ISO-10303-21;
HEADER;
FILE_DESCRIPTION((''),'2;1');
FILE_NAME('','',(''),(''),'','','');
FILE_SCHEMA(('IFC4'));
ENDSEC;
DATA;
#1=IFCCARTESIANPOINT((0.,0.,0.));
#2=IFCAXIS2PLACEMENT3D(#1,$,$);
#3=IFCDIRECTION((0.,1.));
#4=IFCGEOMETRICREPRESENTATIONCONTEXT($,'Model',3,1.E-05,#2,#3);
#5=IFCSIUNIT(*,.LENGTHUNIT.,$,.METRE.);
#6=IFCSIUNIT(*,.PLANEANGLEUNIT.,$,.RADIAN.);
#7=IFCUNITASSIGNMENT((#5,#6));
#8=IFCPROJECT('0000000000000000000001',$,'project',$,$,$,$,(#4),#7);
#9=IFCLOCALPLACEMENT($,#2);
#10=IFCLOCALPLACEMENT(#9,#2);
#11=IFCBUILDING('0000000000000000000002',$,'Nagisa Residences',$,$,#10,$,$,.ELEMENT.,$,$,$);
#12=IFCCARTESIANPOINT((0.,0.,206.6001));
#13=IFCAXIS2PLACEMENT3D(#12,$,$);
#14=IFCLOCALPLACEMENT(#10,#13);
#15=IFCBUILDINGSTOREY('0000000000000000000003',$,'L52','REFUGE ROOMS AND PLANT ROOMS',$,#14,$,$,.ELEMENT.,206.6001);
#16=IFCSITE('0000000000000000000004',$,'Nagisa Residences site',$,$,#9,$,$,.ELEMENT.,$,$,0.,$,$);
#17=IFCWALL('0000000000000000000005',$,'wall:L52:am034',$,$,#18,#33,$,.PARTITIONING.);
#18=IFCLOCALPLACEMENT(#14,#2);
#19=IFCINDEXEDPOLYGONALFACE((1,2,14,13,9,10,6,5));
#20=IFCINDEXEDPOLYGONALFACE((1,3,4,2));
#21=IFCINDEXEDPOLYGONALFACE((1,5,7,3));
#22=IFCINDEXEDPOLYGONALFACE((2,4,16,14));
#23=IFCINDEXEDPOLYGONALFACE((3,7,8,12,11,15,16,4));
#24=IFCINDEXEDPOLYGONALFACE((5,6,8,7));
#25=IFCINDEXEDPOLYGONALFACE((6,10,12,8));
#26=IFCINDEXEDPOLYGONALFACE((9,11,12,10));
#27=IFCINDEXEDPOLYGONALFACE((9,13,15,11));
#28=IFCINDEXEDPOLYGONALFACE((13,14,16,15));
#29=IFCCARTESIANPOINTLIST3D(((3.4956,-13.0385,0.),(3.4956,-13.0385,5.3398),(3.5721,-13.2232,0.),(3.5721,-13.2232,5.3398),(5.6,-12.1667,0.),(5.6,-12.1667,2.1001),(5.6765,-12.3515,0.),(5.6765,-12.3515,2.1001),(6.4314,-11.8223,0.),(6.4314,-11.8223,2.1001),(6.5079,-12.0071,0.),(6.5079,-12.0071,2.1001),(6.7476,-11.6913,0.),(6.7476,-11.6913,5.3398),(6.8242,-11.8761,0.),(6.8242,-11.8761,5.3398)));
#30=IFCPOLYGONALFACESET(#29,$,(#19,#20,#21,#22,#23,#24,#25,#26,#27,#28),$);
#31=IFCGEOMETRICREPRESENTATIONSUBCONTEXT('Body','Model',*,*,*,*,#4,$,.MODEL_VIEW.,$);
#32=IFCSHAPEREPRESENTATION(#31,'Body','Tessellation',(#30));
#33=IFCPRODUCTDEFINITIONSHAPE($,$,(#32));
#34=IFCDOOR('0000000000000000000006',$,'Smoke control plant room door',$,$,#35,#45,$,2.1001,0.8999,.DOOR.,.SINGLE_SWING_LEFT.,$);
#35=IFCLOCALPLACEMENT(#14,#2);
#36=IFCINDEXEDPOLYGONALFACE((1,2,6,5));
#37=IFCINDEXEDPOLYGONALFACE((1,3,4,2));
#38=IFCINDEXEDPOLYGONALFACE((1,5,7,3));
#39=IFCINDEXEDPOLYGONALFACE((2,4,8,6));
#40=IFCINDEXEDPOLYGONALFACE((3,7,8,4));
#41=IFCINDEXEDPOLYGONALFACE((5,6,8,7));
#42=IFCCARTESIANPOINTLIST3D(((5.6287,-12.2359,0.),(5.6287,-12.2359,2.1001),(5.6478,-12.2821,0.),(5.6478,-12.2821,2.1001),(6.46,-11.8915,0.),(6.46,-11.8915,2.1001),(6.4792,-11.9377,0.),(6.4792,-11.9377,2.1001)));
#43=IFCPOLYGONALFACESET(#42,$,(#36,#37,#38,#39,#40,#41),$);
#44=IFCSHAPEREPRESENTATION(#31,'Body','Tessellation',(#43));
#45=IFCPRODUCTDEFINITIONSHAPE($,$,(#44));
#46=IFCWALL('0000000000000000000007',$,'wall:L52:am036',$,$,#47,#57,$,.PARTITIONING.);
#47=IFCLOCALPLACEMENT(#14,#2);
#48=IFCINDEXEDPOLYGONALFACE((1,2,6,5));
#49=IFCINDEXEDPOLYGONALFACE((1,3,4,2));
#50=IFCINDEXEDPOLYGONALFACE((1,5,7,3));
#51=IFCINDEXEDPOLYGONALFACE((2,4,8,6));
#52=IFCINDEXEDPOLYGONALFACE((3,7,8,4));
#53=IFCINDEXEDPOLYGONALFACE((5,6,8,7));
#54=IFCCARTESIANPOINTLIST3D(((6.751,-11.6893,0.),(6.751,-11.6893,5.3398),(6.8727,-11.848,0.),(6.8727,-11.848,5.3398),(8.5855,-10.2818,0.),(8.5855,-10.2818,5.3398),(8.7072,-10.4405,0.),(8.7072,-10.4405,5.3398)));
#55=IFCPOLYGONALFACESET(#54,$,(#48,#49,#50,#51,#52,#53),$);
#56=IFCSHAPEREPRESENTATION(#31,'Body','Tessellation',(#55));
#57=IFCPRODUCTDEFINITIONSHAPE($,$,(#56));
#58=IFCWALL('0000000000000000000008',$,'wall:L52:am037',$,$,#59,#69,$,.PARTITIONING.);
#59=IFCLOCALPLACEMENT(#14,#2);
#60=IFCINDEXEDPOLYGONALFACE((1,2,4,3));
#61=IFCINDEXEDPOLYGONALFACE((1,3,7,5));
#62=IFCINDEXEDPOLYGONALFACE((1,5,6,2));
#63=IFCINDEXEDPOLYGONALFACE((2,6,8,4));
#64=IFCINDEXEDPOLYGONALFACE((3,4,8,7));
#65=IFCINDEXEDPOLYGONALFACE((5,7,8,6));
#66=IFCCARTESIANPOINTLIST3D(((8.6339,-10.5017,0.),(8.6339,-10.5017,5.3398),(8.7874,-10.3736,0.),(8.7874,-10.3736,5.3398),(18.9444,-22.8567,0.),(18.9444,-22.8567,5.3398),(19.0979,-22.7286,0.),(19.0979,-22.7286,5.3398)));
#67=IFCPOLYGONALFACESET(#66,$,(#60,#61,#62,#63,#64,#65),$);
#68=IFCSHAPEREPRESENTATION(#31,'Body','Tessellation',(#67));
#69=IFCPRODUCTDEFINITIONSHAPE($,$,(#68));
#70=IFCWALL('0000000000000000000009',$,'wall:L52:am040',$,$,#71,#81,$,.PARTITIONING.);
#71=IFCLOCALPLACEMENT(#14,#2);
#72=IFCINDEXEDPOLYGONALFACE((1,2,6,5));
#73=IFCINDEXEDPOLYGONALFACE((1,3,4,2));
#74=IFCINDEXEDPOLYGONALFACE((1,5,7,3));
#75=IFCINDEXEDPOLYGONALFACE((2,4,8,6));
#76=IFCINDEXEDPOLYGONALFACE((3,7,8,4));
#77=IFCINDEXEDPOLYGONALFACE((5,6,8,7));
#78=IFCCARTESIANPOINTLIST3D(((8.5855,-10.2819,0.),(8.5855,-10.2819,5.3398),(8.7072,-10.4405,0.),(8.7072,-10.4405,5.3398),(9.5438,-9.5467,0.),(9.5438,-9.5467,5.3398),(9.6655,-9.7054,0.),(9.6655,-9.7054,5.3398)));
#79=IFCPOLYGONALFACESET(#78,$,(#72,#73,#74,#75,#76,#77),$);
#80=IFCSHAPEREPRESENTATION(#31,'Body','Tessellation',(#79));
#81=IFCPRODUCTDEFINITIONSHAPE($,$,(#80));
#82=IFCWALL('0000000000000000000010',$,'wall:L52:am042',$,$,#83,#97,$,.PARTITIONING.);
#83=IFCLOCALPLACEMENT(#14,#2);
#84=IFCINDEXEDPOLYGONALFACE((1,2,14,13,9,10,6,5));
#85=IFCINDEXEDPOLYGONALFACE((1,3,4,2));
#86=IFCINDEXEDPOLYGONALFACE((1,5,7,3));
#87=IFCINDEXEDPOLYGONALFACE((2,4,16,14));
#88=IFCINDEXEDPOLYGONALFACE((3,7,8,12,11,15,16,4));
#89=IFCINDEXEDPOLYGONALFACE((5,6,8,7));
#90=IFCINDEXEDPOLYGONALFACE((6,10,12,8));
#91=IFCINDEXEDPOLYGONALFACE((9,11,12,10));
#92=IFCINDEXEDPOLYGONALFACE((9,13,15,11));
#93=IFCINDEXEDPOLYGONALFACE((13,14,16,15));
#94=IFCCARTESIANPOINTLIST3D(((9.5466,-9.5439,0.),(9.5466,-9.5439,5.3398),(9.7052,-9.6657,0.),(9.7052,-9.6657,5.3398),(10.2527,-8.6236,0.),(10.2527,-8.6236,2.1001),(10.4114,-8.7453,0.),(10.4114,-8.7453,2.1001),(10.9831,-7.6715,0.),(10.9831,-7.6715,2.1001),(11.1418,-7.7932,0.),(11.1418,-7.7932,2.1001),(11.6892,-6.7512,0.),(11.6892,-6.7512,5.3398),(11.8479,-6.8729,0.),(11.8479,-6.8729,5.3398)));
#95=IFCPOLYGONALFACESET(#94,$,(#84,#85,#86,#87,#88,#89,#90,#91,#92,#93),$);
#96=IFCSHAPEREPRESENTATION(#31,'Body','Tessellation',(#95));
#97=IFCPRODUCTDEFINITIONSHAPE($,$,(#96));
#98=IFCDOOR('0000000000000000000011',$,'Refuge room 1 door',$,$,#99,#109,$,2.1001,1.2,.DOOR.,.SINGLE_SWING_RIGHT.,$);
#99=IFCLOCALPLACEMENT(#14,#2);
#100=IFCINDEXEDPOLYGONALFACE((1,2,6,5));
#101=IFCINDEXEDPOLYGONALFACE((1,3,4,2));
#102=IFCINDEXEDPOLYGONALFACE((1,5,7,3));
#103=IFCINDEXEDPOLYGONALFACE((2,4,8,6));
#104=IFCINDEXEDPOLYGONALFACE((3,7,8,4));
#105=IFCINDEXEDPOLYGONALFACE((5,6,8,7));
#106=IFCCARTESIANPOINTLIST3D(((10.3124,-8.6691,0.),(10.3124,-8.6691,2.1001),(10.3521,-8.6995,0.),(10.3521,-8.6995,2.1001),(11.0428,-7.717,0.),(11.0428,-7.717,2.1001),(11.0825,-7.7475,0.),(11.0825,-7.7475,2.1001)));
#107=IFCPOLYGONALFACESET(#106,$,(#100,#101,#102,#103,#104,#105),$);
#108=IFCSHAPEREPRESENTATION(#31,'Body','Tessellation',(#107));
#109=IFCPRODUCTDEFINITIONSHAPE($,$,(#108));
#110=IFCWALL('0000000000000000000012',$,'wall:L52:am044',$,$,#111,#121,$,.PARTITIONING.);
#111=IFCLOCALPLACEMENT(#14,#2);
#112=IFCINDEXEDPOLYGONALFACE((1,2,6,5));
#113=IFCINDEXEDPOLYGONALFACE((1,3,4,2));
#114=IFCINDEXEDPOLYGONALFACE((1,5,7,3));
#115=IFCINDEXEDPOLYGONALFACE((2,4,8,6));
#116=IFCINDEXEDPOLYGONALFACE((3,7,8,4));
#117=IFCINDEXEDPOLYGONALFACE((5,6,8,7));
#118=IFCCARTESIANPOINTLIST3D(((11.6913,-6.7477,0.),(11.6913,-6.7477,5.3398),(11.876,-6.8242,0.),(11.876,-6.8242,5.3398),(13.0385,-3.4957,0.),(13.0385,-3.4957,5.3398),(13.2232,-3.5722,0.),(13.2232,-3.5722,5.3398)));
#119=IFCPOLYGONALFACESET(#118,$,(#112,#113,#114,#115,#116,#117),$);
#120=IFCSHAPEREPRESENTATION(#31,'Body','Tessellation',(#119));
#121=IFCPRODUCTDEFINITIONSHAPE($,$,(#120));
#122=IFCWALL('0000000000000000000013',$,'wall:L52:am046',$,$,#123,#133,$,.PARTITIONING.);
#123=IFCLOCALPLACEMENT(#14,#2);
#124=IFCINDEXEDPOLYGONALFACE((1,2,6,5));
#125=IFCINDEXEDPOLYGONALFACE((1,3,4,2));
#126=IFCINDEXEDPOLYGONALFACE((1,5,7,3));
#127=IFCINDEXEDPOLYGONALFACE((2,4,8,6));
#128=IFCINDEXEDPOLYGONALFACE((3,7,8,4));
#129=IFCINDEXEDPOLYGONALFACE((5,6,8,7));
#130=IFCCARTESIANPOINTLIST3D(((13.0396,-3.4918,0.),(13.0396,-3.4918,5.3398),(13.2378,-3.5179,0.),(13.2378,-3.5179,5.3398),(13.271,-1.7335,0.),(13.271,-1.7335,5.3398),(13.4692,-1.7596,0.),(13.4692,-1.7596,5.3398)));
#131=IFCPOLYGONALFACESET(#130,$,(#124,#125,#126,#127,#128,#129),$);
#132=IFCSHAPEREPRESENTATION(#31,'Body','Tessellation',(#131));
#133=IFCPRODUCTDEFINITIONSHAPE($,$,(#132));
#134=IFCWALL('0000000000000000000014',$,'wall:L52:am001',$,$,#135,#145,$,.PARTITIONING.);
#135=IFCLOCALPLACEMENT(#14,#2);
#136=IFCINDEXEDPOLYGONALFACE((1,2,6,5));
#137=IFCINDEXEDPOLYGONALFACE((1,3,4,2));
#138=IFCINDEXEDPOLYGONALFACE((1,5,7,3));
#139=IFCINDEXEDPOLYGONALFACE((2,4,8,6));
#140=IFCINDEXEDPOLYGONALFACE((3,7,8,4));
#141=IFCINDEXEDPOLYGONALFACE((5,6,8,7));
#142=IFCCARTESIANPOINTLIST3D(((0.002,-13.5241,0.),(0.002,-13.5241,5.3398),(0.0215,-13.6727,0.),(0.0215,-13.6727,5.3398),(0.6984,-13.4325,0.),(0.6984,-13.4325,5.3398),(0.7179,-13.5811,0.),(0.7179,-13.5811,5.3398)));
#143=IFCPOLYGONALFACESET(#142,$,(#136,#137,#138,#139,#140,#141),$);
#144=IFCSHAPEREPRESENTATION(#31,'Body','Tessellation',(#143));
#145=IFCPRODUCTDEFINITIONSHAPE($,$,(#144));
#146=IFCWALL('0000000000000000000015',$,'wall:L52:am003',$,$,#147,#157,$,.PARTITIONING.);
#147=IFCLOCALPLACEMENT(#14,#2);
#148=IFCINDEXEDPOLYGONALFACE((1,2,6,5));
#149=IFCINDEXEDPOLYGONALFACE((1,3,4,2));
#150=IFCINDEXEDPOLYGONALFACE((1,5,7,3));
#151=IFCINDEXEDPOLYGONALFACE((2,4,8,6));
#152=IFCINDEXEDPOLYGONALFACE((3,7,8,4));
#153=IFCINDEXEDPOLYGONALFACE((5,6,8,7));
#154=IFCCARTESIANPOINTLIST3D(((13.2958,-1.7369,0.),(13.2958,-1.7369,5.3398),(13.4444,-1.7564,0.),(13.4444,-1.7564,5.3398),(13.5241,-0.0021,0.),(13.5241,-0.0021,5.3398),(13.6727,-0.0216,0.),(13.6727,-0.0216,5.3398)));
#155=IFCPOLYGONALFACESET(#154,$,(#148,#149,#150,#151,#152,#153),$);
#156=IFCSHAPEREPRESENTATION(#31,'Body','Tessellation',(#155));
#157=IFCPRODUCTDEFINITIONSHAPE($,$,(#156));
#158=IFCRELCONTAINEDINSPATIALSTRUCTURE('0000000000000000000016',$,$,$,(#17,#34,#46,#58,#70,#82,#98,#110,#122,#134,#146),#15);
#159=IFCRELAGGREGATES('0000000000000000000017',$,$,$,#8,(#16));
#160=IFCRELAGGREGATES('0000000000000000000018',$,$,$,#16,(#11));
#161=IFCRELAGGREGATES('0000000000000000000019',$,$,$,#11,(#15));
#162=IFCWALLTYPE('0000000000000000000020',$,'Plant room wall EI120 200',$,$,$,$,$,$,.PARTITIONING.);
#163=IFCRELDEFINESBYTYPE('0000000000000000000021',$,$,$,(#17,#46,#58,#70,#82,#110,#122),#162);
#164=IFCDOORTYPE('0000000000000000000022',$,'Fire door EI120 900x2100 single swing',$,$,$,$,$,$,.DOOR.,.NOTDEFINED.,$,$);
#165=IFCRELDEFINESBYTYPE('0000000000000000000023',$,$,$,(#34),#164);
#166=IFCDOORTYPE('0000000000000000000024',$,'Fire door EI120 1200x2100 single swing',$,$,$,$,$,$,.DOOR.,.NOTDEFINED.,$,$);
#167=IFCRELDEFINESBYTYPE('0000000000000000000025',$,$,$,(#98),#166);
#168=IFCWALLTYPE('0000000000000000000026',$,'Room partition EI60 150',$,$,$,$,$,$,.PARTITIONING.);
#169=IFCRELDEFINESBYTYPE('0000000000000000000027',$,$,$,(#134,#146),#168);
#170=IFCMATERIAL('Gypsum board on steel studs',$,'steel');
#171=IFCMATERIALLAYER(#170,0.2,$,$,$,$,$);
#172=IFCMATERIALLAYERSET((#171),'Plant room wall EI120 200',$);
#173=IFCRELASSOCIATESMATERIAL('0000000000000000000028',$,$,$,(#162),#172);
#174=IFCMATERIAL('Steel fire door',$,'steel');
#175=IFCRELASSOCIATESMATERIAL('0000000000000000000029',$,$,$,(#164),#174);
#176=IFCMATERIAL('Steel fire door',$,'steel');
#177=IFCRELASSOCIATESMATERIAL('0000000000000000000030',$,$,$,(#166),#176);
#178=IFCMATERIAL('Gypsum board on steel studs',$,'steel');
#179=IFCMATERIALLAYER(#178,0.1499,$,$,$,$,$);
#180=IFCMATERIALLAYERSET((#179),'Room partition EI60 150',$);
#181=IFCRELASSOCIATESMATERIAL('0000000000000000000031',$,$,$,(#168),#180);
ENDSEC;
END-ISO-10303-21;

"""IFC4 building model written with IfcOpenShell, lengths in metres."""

from ifc_helpers import new_model, si_unit, direction, frame, frame_2d, origin, place, context, subcontext, project, spatial, rectangle, extrude, material, layer, layer_set, type_object, element, fill, save


model = new_model("IFC4")

# Units and contexts
model_context = context("Model", 3, precision=1e-05, world=origin(), true_north=direction((0.0, 1.0)))
body_context = subcontext(model_context, "Body", "Model", "MODEL_VIEW")
ifc_project = project(units=[si_unit("LENGTHUNIT", "METRE"), si_unit("PLANEANGLEUNIT", "RADIAN")], contexts=[model_context])

# Site, building, storey
site_placement = place(None, origin())
site = spatial("IfcSite", under=ifc_project, at=site_placement, Name="Nagisa Residences site", CompositionType="ELEMENT", RefElevation=0.0)
building_placement = place(site_placement, origin())
building = spatial("IfcBuilding", under=site, at=building_placement, Name="Nagisa Residences", CompositionType="ELEMENT")
storey_placement = place(building_placement, frame((0.0, 0.0, 206.6001)))
storey = spatial("IfcBuildingStorey", under=building, at=storey_placement, Name="L52", Description="REFUGE ROOMS AND PLANT ROOMS", CompositionType="ELEMENT", Elevation=206.6001)

# Shared definitions
ifc_material_1 = material(Name="Gypsum board on steel studs", Category="steel")
ifc_layer_1 = layer(ifc_material_1, 0.2)
ifc_layer_set_1 = layer_set([ifc_layer_1], Name="Plant room wall EI120 200")
wall_type_1 = type_object("IfcWallType", Name="Plant room wall EI120 200", PredefinedType="PARTITIONING", material=ifc_layer_set_1)

# Wall, opening, door
wall_1_placement = place(storey_placement, frame((6.7859, -11.7837, 0.0), z_axis=(0.0, 0.0, 1.0), x_axis=(-0.923863, -0.382723, 0.0)))
wall_1 = element("IfcWall", 1, at=wall_1_placement, inside=storey, type_object=wall_type_1, Name="wall:L52:am034", PredefinedType="PARTITIONING", context=body_context, shape_type="SweptSolid", body=[
    extrude(rectangle(XDim=3.52, YDim=0.2, at=frame_2d((1.76, 0.0))), origin(), (0.0, 0.0, 1.0), 5.3398),
])
opening_1_placement = place(wall_1_placement, frame((0.3423, 0.0, 0.0)))
opening_1 = element("IfcOpeningElement", 2, at=opening_1_placement, cuts=wall_1, PredefinedType="OPENING", context=body_context, shape_type="SweptSolid", body=[
    extrude(rectangle(XDim=0.8999, YDim=2.1001, at=frame_2d((0.45, 1.05))), frame((0.0, 0.1099, 0.0), z_axis=(0.0, -1.0, 0.0), x_axis=(1.0, 0.0, 0.0)), (0.0, 0.0, 1.0), 0.22),
])
ifc_material_2 = material(Name="Steel fire door", Category="steel")
door_type_1 = type_object("IfcDoorType", Name="Fire door EI120 900x2100 single swing", OperationType="NOTDEFINED", PredefinedType="DOOR", material=ifc_material_2)
door_1_placement = place(opening_1_placement, origin())
door_1 = element("IfcDoor", 3, at=door_1_placement, inside=storey, type_object=door_type_1, Name="Smoke control plant room door", OperationType="SINGLE_SWING_LEFT", OverallHeight=2.1001, OverallWidth=0.8999, PredefinedType="DOOR", context=body_context, shape_type="SweptSolid", body=[
    extrude(rectangle(XDim=0.8999, YDim=2.1001, at=frame_2d((0.45, 1.05))), frame((0.0, 0.0249, 0.0), z_axis=(0.0, -1.0, 0.0), x_axis=(1.0, 0.0, 0.0)), (0.0, 0.0, 1.0), 0.05),
])
fill(opening_1, door_1)

# Walls
wall_2_placement = place(storey_placement, frame((8.6465, -10.3611, 0.0), z_axis=(0.0, 0.0, 1.0), x_axis=(-0.793389, -0.608715, 0.0)))
element("IfcWall", 4, at=wall_2_placement, inside=storey, type_object=wall_type_1, Name="wall:L52:am036", PredefinedType="PARTITIONING", context=body_context, shape_type="SweptSolid", body=[
    extrude(rectangle(XDim=2.3123, YDim=0.2, at=frame_2d((1.1562, 0.0))), origin(), (0.0, 0.0, 1.0), 5.3398),
])
wall_3_placement = place(storey_placement, frame((8.7107, -10.4377, 0.0), z_axis=(0.0, 0.0, 1.0), x_axis=(0.640724, -0.767771, 0.0)))
element("IfcWall", 5, at=wall_3_placement, inside=storey, type_object=wall_type_1, Name="wall:L52:am037", PredefinedType="PARTITIONING", context=body_context, shape_type="SweptSolid", body=[
    extrude(rectangle(XDim=16.092, YDim=0.2, at=frame_2d((8.0459, 0.0))), origin(), (0.0, 0.0, 1.0), 5.3398),
])
wall_4_placement = place(storey_placement, frame((9.6047, -9.626, 0.0), z_axis=(0.0, 0.0, 1.0), x_axis=(-0.793427, -0.608665, 0.0)))
element("IfcWall", 6, at=wall_4_placement, inside=storey, type_object=wall_type_1, Name="wall:L52:am040", PredefinedType="PARTITIONING", context=body_context, shape_type="SweptSolid", body=[
    extrude(rectangle(XDim=1.2078, YDim=0.2, at=frame_2d((0.604, 0.0))), origin(), (0.0, 0.0, 1.0), 5.3398),
])

# Wall, opening, door
wall_5_placement = place(storey_placement, frame((11.7686, -6.812, 0.0), z_axis=(0.0, 0.0, 1.0), x_axis=(-0.608698, -0.793402, 0.0)))
wall_5 = element("IfcWall", 7, at=wall_5_placement, inside=storey, type_object=wall_type_1, Name="wall:L52:am042", PredefinedType="PARTITIONING", context=body_context, shape_type="SweptSolid", body=[
    extrude(rectangle(XDim=3.52, YDim=0.2, at=frame_2d((1.76, 0.0))), origin(), (0.0, 0.0, 1.0), 5.3398),
])
opening_2_placement = place(wall_5_placement, frame((1.1599, 0.0, 0.0)))
opening_2 = element("IfcOpeningElement", 8, at=opening_2_placement, cuts=wall_5, PredefinedType="OPENING", context=body_context, shape_type="SweptSolid", body=[
    extrude(rectangle(XDim=1.2, YDim=2.1001, at=frame_2d((0.6001, 1.05))), frame((0.0, 0.1099, 0.0), z_axis=(0.0, -1.0, 0.0), x_axis=(1.0, 0.0, 0.0)), (0.0, 0.0, 1.0), 0.22),
])
ifc_material_3 = material(Name="Steel fire door", Category="steel")
door_type_2 = type_object("IfcDoorType", Name="Fire door EI120 1200x2100 single swing", OperationType="NOTDEFINED", PredefinedType="DOOR", material=ifc_material_3)
door_2_placement = place(opening_2_placement, frame((1.2, 0.0, 0.0), x_axis=(-1.0, 0.0, 0.0)))
door_2 = element("IfcDoor", 9, at=door_2_placement, inside=storey, type_object=door_type_2, Name="Refuge room 1 door", OperationType="SINGLE_SWING_RIGHT", OverallHeight=2.1001, OverallWidth=1.2, PredefinedType="DOOR", context=body_context, shape_type="SweptSolid", body=[
    extrude(rectangle(XDim=1.2, YDim=2.1001, at=frame_2d((0.6001, 1.05))), frame((0.0, 0.0249, 0.0), z_axis=(0.0, -1.0, 0.0), x_axis=(1.0, 0.0, 0.0)), (0.0, 0.0, 1.0), 0.05),
])
fill(opening_2, door_2)

# Walls
wall_6_placement = place(storey_placement, frame((13.1309, -3.5339, 0.0), z_axis=(0.0, 0.0, 1.0), x_axis=(-0.382723, -0.923863, 0.0)))
element("IfcWall", 10, at=wall_6_placement, inside=storey, type_object=wall_type_1, Name="wall:L52:am044", PredefinedType="PARTITIONING", context=body_context, shape_type="SweptSolid", body=[
    extrude(rectangle(XDim=3.52, YDim=0.2, at=frame_2d((1.76, 0.0))), origin(), (0.0, 0.0, 1.0), 5.3398),
])
wall_7_placement = place(storey_placement, frame((13.3701, -1.7466, 0.0), z_axis=(0.0, 0.0, 1.0), x_axis=(-0.130504, -0.991448, 0.0)))
element("IfcWall", 11, at=wall_7_placement, inside=storey, type_object=wall_type_1, Name="wall:L52:am046", PredefinedType="PARTITIONING", context=body_context, shape_type="SweptSolid", body=[
    extrude(rectangle(XDim=1.7734, YDim=0.2, at=frame_2d((0.8867, 0.0))), origin(), (0.0, 0.0, 1.0), 5.3398),
])
ifc_material_4 = material(Name="Gypsum board on steel studs", Category="steel")
ifc_layer_2 = layer(ifc_material_4, 0.1499)
ifc_layer_set_2 = layer_set([ifc_layer_2], Name="Room partition EI60 150")
wall_type_2 = type_object("IfcWallType", Name="Room partition EI60 150", PredefinedType="PARTITIONING", material=ifc_layer_set_2)
wall_8_placement = place(storey_placement, frame((0.708, -13.5068, 0.0), z_axis=(0.0, 0.0, 1.0), x_axis=(-0.991466, -0.130365, 0.0)))
element("IfcWall", 12, at=wall_8_placement, inside=storey, type_object=wall_type_2, Name="wall:L52:am001", PredefinedType="PARTITIONING", context=body_context, shape_type="SweptSolid", body=[
    extrude(rectangle(XDim=0.7024, YDim=0.1499, at=frame_2d((0.3511, 0.0))), origin(), (0.0, 0.0, 1.0), 5.3398),
])
wall_9_placement = place(storey_placement, frame((13.5984, -0.0117, 0.0), z_axis=(0.0, 0.0, 1.0), x_axis=(-0.130455, -0.991454, 0.0)))
element("IfcWall", 13, at=wall_9_placement, inside=storey, type_object=wall_type_2, Name="wall:L52:am003", PredefinedType="PARTITIONING", context=body_context, shape_type="SweptSolid", body=[
    extrude(rectangle(XDim=1.7498, YDim=0.1499, at=frame_2d((0.875, 0.0))), origin(), (0.0, 0.0, 1.0), 5.3398),
])

save(model, "model.ifc")
